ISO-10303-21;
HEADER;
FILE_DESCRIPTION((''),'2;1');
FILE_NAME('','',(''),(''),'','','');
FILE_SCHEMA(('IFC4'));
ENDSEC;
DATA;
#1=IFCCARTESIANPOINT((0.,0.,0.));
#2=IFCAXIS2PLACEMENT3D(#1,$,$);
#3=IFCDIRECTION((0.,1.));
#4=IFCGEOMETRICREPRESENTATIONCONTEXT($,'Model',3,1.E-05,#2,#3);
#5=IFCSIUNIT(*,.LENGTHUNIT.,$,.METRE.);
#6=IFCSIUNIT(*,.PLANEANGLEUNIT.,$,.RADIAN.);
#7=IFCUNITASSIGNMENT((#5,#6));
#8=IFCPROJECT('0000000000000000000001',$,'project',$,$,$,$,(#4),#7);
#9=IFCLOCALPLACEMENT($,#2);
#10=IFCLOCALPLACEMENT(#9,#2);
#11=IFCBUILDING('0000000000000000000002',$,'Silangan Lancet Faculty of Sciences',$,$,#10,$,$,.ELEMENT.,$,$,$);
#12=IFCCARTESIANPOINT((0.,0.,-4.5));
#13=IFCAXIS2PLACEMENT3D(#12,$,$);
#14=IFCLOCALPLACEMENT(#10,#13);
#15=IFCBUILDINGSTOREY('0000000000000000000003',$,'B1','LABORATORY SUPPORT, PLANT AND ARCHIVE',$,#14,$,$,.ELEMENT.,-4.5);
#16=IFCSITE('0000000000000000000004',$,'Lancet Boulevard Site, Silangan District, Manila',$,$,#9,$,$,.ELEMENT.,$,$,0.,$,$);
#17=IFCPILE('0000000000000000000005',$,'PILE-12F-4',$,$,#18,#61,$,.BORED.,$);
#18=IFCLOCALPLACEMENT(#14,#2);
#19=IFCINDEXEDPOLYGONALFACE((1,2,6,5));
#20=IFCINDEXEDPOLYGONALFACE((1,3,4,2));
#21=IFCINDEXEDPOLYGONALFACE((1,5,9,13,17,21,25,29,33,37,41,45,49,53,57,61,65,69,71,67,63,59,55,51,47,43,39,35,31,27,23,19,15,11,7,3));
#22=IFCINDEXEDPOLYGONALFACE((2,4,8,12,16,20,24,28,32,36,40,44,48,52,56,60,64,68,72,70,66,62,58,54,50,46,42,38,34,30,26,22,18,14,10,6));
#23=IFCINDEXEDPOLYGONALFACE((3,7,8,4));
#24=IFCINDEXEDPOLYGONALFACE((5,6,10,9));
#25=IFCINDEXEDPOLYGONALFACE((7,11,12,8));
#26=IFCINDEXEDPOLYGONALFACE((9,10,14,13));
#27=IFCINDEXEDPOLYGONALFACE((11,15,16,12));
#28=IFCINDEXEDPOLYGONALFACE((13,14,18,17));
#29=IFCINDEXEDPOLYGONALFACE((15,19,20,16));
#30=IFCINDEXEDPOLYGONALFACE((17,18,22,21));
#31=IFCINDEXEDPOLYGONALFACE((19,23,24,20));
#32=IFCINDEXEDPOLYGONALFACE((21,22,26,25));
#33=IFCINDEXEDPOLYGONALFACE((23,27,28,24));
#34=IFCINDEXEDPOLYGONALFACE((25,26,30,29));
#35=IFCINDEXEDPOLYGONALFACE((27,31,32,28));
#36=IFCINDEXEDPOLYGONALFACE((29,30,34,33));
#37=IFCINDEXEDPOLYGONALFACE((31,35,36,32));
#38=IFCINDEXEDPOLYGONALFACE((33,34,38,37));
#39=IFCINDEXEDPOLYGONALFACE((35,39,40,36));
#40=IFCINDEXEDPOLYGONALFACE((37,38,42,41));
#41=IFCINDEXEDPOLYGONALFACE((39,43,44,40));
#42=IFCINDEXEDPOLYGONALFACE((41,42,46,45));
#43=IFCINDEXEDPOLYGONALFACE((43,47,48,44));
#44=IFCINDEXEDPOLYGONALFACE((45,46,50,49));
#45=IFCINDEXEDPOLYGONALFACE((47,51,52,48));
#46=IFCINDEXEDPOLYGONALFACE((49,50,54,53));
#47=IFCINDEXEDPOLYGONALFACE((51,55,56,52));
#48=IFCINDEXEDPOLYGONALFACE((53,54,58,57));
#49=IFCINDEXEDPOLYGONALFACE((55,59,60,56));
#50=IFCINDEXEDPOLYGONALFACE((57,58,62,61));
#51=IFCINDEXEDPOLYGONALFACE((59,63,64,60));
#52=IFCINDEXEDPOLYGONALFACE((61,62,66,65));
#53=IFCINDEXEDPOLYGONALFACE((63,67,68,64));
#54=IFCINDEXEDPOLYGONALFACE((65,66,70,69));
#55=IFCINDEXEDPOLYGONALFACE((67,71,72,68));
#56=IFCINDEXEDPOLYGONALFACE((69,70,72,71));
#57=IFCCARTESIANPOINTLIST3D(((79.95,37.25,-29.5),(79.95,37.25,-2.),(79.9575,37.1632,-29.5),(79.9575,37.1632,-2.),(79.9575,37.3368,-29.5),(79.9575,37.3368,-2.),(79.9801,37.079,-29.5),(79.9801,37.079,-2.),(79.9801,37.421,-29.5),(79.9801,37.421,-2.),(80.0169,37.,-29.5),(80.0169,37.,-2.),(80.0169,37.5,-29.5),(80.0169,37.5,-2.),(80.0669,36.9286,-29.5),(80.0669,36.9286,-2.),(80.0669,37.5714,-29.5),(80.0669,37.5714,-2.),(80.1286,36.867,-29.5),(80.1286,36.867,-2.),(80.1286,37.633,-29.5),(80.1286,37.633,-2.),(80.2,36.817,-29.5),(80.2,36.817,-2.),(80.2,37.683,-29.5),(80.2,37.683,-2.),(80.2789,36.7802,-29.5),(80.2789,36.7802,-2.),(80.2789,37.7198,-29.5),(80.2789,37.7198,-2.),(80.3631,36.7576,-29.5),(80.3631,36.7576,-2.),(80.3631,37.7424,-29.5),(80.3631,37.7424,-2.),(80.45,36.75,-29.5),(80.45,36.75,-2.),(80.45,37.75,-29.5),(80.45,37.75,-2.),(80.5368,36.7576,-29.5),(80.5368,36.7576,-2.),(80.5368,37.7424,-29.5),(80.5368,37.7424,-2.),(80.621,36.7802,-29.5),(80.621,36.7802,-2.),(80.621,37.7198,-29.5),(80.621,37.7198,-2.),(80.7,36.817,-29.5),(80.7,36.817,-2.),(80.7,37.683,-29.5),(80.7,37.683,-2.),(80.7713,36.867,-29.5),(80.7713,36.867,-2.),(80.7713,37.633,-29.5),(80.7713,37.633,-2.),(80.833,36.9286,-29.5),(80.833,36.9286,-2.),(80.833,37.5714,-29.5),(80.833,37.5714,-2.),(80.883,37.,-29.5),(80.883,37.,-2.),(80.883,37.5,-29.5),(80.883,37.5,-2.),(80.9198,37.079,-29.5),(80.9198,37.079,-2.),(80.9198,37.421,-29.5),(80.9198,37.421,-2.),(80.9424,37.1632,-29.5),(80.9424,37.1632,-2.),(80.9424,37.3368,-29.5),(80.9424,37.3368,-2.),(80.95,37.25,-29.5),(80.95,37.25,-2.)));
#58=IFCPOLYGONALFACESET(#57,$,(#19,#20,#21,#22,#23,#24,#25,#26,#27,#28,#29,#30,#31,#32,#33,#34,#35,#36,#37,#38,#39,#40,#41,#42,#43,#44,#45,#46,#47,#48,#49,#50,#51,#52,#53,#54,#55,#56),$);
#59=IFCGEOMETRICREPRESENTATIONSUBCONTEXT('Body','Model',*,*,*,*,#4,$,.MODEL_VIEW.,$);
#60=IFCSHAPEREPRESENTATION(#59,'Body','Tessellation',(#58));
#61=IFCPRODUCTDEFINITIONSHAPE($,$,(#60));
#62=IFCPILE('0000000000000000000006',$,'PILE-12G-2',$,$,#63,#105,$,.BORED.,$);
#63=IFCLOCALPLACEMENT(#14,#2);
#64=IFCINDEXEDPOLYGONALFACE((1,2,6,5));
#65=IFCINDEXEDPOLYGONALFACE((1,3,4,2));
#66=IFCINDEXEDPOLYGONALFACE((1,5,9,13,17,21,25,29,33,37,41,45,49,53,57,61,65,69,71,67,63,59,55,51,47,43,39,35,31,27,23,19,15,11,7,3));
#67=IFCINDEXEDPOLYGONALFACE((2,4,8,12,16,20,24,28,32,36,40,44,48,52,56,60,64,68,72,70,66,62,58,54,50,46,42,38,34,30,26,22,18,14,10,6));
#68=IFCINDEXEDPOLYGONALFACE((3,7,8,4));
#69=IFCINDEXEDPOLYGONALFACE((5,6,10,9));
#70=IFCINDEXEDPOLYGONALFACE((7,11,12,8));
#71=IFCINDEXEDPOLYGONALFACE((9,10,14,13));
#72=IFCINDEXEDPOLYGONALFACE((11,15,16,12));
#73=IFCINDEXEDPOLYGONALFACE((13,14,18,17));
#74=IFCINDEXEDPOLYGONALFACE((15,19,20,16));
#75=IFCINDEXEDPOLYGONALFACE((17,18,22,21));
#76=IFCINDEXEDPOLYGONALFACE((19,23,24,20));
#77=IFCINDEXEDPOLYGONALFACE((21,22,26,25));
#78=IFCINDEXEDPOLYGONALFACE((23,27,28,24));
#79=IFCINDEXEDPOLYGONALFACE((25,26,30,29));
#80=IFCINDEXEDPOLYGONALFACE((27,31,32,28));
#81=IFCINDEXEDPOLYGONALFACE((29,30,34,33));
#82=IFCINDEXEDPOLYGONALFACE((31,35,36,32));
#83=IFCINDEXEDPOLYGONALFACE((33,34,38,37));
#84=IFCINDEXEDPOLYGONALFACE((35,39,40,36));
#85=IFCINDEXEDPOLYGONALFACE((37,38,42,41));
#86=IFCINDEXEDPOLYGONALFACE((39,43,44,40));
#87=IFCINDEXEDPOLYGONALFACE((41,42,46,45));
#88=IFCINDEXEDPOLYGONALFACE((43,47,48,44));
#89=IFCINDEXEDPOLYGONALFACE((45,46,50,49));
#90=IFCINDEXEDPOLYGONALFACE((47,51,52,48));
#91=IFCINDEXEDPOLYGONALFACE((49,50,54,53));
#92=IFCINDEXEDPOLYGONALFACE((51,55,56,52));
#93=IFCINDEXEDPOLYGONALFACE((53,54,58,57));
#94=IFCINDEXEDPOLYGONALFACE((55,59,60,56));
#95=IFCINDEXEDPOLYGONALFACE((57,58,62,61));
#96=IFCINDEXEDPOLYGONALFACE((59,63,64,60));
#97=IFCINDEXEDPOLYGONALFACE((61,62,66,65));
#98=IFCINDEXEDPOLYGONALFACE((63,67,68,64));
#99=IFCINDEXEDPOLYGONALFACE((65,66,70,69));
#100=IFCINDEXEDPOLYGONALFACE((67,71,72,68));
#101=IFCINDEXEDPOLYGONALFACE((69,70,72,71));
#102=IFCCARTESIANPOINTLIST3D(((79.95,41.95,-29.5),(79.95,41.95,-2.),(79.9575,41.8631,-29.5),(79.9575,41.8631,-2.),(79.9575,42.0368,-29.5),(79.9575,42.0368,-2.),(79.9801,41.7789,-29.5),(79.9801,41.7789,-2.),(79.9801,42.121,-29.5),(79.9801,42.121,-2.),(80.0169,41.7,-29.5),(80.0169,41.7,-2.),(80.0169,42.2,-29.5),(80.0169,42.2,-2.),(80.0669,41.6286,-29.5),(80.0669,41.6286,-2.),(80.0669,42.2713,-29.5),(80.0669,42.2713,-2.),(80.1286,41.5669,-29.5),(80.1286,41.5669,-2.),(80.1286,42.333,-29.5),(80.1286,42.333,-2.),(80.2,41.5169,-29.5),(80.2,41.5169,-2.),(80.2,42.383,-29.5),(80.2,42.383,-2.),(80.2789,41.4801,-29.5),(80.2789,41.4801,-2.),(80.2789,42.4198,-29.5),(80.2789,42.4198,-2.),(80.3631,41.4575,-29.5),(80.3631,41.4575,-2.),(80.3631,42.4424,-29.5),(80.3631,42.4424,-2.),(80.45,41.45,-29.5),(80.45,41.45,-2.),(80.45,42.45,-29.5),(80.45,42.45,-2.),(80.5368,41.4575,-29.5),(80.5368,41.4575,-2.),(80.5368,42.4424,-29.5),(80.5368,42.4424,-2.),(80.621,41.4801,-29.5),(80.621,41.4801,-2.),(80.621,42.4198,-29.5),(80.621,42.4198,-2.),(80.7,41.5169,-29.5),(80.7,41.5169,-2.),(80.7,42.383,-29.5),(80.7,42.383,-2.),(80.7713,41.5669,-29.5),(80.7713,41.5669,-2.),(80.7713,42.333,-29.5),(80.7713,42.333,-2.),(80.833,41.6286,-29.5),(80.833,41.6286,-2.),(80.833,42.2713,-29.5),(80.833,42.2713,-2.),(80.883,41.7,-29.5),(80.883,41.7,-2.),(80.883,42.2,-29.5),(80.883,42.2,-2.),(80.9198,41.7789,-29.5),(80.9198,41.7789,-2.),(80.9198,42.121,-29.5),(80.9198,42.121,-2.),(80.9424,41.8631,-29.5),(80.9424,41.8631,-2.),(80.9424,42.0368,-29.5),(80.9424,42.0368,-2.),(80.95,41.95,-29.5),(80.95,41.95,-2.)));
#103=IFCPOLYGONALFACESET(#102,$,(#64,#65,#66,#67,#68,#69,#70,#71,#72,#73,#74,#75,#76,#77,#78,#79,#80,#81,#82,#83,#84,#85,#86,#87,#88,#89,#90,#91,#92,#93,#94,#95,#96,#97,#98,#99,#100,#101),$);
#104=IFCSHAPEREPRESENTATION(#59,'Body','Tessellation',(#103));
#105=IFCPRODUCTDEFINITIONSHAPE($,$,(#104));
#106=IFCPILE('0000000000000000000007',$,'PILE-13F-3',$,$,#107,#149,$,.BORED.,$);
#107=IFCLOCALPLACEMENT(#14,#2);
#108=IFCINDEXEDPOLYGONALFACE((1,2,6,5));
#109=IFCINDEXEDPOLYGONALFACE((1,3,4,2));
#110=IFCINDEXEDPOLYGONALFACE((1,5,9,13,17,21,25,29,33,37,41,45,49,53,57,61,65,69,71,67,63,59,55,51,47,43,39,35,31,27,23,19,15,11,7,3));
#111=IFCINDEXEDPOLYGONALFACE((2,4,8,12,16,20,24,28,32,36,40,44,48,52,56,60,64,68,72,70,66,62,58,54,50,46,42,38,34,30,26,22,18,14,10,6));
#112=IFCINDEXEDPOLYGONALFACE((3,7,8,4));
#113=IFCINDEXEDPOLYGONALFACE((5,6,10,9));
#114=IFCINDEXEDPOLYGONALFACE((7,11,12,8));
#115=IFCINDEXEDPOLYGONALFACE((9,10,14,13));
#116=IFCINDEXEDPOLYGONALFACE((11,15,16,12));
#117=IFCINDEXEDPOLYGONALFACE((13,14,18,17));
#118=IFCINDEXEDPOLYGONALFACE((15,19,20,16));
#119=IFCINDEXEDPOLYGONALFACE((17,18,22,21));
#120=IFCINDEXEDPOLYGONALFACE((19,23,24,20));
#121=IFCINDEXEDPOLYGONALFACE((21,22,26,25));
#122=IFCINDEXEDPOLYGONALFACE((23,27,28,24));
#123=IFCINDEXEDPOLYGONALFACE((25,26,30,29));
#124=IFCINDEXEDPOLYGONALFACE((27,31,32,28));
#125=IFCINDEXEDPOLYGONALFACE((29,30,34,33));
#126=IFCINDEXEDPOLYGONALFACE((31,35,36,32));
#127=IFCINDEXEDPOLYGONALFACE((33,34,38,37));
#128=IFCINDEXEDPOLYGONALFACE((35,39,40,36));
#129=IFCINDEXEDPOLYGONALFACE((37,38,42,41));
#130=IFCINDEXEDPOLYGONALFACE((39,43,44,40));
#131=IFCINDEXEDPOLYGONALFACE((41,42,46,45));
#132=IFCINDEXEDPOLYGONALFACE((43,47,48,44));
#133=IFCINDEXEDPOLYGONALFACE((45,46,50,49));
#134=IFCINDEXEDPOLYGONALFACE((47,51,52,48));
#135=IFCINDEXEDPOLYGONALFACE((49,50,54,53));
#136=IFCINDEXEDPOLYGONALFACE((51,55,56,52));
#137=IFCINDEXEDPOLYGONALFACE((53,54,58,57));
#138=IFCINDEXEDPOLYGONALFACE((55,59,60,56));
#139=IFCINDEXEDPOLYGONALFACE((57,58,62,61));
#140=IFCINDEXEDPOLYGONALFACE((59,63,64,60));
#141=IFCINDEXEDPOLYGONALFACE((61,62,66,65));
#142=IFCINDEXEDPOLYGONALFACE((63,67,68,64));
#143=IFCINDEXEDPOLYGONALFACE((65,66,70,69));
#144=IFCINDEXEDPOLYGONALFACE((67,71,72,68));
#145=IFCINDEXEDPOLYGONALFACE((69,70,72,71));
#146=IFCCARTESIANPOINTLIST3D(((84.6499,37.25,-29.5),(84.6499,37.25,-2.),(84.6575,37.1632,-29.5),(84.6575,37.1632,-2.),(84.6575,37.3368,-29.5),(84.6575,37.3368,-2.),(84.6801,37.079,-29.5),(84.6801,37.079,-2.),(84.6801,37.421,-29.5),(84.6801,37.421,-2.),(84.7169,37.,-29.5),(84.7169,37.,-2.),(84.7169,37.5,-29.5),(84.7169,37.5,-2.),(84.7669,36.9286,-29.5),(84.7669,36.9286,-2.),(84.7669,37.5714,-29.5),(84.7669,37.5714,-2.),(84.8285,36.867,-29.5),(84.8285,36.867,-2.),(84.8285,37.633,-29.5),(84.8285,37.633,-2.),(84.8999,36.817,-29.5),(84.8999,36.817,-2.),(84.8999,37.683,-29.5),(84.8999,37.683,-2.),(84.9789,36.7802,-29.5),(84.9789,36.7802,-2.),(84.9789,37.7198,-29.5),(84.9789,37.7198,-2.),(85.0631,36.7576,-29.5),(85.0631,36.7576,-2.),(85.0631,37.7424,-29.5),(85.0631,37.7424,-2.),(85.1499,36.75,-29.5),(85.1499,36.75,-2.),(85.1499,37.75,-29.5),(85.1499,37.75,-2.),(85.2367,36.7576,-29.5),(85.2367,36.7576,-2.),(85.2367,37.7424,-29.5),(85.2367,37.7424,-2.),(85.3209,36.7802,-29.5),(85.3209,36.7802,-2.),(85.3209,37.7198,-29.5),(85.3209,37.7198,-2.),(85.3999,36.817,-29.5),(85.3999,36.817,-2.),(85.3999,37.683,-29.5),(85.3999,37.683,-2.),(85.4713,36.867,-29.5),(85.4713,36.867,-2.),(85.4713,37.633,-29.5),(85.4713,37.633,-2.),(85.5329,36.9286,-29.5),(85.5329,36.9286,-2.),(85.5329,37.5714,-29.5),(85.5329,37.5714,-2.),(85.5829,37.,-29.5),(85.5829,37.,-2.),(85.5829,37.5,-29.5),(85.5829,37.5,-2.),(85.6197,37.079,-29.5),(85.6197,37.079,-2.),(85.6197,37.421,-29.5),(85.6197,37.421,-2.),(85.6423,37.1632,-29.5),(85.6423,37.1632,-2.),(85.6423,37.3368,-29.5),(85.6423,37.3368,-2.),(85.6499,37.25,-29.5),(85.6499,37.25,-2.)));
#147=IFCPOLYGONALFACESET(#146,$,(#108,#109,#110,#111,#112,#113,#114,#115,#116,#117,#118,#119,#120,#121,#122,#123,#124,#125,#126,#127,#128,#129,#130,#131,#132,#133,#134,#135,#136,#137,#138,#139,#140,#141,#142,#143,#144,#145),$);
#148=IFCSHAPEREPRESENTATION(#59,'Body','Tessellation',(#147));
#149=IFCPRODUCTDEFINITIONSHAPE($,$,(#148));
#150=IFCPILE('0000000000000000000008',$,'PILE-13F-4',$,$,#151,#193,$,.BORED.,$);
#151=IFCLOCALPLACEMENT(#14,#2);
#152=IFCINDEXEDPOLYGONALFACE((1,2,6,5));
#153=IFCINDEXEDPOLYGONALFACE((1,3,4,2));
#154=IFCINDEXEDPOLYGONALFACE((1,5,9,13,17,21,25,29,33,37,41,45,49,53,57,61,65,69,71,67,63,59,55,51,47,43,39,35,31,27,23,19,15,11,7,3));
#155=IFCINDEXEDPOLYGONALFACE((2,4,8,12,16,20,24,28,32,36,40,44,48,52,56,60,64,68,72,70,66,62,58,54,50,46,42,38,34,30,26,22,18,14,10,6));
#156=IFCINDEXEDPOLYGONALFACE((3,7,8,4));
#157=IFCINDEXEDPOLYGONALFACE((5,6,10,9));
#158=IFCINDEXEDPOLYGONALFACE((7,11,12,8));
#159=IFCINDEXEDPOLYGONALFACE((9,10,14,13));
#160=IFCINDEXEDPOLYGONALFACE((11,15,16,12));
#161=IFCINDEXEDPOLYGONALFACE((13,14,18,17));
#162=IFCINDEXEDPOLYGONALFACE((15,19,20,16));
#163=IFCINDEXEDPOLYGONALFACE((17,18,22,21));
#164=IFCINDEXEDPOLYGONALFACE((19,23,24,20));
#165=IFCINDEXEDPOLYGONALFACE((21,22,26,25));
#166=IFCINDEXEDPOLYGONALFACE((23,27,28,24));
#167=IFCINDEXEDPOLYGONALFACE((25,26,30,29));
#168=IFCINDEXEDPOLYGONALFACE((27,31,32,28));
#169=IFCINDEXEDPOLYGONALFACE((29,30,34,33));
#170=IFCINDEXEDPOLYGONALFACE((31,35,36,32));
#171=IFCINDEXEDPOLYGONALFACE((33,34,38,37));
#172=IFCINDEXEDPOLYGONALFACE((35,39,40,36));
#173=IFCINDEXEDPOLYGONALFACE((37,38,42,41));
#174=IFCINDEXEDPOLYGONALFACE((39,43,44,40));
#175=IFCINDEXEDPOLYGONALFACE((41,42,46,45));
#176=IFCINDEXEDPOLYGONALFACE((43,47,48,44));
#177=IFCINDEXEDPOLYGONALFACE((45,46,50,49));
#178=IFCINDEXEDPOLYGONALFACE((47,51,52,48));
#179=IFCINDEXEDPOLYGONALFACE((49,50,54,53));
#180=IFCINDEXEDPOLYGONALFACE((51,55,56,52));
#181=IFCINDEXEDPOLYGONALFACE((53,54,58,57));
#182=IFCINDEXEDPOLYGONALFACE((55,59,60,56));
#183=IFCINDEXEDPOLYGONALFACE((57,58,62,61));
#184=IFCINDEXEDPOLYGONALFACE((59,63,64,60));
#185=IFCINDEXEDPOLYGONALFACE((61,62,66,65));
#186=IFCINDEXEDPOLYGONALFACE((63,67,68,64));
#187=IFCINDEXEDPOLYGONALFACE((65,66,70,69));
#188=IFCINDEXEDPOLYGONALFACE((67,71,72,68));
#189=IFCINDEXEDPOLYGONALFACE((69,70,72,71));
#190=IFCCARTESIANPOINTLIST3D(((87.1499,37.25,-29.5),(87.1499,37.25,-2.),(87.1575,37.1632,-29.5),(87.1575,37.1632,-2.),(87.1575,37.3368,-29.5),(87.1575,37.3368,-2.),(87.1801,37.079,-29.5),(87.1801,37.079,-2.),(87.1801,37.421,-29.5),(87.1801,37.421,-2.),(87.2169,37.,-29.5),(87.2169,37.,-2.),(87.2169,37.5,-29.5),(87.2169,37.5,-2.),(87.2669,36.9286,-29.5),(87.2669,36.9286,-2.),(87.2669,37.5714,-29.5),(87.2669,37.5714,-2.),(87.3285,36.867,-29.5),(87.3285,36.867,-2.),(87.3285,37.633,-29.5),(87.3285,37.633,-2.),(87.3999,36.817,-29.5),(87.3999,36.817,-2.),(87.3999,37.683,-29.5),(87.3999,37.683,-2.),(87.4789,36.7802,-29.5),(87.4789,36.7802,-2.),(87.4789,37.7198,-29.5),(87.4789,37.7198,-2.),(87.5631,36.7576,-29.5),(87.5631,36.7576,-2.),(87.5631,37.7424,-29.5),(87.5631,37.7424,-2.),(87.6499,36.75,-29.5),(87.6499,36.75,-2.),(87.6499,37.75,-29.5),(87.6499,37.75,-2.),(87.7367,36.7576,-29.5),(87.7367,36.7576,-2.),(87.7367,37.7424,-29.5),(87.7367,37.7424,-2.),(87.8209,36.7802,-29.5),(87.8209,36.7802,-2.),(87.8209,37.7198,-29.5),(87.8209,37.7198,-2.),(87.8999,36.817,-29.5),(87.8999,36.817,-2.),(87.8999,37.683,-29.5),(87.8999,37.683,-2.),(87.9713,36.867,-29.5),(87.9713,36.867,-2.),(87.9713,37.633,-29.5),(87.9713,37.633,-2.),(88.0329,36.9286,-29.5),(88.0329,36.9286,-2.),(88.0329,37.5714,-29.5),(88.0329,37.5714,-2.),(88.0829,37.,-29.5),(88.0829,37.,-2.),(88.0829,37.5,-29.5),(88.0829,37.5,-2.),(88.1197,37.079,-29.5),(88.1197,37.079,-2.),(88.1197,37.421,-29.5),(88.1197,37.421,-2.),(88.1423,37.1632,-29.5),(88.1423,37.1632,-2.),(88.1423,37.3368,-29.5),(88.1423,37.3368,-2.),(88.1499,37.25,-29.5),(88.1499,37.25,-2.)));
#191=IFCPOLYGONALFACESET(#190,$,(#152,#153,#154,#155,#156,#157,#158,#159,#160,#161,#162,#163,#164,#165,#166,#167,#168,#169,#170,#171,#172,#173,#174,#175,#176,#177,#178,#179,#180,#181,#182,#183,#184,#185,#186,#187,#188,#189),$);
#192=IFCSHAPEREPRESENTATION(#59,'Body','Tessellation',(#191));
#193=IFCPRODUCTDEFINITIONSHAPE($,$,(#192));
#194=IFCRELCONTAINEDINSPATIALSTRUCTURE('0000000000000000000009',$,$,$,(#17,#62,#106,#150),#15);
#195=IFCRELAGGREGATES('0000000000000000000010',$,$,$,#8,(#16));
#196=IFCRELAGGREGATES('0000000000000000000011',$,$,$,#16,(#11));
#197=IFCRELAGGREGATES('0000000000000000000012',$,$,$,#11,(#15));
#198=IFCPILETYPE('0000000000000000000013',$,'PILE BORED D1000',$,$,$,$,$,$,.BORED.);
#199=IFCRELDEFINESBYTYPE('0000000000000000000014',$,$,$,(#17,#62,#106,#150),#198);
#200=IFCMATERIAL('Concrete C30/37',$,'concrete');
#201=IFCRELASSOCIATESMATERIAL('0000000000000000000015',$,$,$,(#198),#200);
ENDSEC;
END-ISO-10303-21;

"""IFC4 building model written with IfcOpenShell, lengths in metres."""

from ifc_helpers import new_model, si_unit, direction, frame, origin, origin_2d, place, context, subcontext, project, spatial, circle, extrude, material, material_profile, profile_set, type_object, element, save


model = new_model("IFC4")

# Units and contexts
model_context = context("Model", 3, precision=1e-05, world=origin(), true_north=direction((0.0, 1.0)))
body_context = subcontext(model_context, "Body", "Model", "MODEL_VIEW")
ifc_project = project(units=[si_unit("LENGTHUNIT", "METRE"), si_unit("PLANEANGLEUNIT", "RADIAN")], contexts=[model_context])

# Site, building, storey
site_placement = place(None, origin())
site = spatial("IfcSite", under=ifc_project, at=site_placement, Name="Lancet Boulevard Site, Silangan District, Manila", CompositionType="ELEMENT", RefElevation=0.0)
building_placement = place(site_placement, origin())
building = spatial("IfcBuilding", under=site, at=building_placement, Name="Silangan Lancet Faculty of Sciences", CompositionType="ELEMENT")
storey_placement = place(building_placement, frame((0.0, 0.0, -4.5)))
storey = spatial("IfcBuildingStorey", under=building, at=storey_placement, Name="B1", Description="LABORATORY SUPPORT, PLANT AND ARCHIVE", CompositionType="ELEMENT", Elevation=-4.5)

# Piles
ifc_material_1 = material(Name="Concrete C30/37", Category="concrete")
ifc_material_profile_1 = material_profile(ifc_material_1, circle(Radius=0.5, at=origin_2d()), Name="BORED PILE D1000")
ifc_profile_set_1 = profile_set([ifc_material_profile_1], Name="Concrete C30/37")
pile_type = type_object("IfcPileType", Name="PILE BORED D1000", PredefinedType="BORED", material=ifc_profile_set_1)
for number, where, z_axis, x_axis, name in (
    (1, (80.45, 37.25, -2.0), (0.0, 0.0, -1.0), (1.0, 0.0, 0.0), "PILE-12F-4"),
    (2, (80.45, 41.95, -2.0), (0.0, 0.0, -1.0), (1.0, 0.0, 0.0), "PILE-12G-2"),
    (3, (85.1499, 37.25, -2.0), (0.0, 0.0, -1.0), (1.0, 0.0, 0.0), "PILE-13F-3"),
    (4, (87.6499, 37.25, -2.0), (0.0, 0.0, -1.0), (1.0, 0.0, 0.0), "PILE-13F-4"),
):
    element("IfcPile", number, at=place(storey_placement, frame(where, z_axis=z_axis, x_axis=x_axis)), inside=storey, type_object=pile_type, Name=name, PredefinedType="BORED", context=body_context, shape_type="SweptSolid", body=[
        extrude(circle(Radius=0.5, at=origin_2d()), origin(), (0.0, 0.0, 1.0), 27.5),
    ])

save(model, "model.ifc")
